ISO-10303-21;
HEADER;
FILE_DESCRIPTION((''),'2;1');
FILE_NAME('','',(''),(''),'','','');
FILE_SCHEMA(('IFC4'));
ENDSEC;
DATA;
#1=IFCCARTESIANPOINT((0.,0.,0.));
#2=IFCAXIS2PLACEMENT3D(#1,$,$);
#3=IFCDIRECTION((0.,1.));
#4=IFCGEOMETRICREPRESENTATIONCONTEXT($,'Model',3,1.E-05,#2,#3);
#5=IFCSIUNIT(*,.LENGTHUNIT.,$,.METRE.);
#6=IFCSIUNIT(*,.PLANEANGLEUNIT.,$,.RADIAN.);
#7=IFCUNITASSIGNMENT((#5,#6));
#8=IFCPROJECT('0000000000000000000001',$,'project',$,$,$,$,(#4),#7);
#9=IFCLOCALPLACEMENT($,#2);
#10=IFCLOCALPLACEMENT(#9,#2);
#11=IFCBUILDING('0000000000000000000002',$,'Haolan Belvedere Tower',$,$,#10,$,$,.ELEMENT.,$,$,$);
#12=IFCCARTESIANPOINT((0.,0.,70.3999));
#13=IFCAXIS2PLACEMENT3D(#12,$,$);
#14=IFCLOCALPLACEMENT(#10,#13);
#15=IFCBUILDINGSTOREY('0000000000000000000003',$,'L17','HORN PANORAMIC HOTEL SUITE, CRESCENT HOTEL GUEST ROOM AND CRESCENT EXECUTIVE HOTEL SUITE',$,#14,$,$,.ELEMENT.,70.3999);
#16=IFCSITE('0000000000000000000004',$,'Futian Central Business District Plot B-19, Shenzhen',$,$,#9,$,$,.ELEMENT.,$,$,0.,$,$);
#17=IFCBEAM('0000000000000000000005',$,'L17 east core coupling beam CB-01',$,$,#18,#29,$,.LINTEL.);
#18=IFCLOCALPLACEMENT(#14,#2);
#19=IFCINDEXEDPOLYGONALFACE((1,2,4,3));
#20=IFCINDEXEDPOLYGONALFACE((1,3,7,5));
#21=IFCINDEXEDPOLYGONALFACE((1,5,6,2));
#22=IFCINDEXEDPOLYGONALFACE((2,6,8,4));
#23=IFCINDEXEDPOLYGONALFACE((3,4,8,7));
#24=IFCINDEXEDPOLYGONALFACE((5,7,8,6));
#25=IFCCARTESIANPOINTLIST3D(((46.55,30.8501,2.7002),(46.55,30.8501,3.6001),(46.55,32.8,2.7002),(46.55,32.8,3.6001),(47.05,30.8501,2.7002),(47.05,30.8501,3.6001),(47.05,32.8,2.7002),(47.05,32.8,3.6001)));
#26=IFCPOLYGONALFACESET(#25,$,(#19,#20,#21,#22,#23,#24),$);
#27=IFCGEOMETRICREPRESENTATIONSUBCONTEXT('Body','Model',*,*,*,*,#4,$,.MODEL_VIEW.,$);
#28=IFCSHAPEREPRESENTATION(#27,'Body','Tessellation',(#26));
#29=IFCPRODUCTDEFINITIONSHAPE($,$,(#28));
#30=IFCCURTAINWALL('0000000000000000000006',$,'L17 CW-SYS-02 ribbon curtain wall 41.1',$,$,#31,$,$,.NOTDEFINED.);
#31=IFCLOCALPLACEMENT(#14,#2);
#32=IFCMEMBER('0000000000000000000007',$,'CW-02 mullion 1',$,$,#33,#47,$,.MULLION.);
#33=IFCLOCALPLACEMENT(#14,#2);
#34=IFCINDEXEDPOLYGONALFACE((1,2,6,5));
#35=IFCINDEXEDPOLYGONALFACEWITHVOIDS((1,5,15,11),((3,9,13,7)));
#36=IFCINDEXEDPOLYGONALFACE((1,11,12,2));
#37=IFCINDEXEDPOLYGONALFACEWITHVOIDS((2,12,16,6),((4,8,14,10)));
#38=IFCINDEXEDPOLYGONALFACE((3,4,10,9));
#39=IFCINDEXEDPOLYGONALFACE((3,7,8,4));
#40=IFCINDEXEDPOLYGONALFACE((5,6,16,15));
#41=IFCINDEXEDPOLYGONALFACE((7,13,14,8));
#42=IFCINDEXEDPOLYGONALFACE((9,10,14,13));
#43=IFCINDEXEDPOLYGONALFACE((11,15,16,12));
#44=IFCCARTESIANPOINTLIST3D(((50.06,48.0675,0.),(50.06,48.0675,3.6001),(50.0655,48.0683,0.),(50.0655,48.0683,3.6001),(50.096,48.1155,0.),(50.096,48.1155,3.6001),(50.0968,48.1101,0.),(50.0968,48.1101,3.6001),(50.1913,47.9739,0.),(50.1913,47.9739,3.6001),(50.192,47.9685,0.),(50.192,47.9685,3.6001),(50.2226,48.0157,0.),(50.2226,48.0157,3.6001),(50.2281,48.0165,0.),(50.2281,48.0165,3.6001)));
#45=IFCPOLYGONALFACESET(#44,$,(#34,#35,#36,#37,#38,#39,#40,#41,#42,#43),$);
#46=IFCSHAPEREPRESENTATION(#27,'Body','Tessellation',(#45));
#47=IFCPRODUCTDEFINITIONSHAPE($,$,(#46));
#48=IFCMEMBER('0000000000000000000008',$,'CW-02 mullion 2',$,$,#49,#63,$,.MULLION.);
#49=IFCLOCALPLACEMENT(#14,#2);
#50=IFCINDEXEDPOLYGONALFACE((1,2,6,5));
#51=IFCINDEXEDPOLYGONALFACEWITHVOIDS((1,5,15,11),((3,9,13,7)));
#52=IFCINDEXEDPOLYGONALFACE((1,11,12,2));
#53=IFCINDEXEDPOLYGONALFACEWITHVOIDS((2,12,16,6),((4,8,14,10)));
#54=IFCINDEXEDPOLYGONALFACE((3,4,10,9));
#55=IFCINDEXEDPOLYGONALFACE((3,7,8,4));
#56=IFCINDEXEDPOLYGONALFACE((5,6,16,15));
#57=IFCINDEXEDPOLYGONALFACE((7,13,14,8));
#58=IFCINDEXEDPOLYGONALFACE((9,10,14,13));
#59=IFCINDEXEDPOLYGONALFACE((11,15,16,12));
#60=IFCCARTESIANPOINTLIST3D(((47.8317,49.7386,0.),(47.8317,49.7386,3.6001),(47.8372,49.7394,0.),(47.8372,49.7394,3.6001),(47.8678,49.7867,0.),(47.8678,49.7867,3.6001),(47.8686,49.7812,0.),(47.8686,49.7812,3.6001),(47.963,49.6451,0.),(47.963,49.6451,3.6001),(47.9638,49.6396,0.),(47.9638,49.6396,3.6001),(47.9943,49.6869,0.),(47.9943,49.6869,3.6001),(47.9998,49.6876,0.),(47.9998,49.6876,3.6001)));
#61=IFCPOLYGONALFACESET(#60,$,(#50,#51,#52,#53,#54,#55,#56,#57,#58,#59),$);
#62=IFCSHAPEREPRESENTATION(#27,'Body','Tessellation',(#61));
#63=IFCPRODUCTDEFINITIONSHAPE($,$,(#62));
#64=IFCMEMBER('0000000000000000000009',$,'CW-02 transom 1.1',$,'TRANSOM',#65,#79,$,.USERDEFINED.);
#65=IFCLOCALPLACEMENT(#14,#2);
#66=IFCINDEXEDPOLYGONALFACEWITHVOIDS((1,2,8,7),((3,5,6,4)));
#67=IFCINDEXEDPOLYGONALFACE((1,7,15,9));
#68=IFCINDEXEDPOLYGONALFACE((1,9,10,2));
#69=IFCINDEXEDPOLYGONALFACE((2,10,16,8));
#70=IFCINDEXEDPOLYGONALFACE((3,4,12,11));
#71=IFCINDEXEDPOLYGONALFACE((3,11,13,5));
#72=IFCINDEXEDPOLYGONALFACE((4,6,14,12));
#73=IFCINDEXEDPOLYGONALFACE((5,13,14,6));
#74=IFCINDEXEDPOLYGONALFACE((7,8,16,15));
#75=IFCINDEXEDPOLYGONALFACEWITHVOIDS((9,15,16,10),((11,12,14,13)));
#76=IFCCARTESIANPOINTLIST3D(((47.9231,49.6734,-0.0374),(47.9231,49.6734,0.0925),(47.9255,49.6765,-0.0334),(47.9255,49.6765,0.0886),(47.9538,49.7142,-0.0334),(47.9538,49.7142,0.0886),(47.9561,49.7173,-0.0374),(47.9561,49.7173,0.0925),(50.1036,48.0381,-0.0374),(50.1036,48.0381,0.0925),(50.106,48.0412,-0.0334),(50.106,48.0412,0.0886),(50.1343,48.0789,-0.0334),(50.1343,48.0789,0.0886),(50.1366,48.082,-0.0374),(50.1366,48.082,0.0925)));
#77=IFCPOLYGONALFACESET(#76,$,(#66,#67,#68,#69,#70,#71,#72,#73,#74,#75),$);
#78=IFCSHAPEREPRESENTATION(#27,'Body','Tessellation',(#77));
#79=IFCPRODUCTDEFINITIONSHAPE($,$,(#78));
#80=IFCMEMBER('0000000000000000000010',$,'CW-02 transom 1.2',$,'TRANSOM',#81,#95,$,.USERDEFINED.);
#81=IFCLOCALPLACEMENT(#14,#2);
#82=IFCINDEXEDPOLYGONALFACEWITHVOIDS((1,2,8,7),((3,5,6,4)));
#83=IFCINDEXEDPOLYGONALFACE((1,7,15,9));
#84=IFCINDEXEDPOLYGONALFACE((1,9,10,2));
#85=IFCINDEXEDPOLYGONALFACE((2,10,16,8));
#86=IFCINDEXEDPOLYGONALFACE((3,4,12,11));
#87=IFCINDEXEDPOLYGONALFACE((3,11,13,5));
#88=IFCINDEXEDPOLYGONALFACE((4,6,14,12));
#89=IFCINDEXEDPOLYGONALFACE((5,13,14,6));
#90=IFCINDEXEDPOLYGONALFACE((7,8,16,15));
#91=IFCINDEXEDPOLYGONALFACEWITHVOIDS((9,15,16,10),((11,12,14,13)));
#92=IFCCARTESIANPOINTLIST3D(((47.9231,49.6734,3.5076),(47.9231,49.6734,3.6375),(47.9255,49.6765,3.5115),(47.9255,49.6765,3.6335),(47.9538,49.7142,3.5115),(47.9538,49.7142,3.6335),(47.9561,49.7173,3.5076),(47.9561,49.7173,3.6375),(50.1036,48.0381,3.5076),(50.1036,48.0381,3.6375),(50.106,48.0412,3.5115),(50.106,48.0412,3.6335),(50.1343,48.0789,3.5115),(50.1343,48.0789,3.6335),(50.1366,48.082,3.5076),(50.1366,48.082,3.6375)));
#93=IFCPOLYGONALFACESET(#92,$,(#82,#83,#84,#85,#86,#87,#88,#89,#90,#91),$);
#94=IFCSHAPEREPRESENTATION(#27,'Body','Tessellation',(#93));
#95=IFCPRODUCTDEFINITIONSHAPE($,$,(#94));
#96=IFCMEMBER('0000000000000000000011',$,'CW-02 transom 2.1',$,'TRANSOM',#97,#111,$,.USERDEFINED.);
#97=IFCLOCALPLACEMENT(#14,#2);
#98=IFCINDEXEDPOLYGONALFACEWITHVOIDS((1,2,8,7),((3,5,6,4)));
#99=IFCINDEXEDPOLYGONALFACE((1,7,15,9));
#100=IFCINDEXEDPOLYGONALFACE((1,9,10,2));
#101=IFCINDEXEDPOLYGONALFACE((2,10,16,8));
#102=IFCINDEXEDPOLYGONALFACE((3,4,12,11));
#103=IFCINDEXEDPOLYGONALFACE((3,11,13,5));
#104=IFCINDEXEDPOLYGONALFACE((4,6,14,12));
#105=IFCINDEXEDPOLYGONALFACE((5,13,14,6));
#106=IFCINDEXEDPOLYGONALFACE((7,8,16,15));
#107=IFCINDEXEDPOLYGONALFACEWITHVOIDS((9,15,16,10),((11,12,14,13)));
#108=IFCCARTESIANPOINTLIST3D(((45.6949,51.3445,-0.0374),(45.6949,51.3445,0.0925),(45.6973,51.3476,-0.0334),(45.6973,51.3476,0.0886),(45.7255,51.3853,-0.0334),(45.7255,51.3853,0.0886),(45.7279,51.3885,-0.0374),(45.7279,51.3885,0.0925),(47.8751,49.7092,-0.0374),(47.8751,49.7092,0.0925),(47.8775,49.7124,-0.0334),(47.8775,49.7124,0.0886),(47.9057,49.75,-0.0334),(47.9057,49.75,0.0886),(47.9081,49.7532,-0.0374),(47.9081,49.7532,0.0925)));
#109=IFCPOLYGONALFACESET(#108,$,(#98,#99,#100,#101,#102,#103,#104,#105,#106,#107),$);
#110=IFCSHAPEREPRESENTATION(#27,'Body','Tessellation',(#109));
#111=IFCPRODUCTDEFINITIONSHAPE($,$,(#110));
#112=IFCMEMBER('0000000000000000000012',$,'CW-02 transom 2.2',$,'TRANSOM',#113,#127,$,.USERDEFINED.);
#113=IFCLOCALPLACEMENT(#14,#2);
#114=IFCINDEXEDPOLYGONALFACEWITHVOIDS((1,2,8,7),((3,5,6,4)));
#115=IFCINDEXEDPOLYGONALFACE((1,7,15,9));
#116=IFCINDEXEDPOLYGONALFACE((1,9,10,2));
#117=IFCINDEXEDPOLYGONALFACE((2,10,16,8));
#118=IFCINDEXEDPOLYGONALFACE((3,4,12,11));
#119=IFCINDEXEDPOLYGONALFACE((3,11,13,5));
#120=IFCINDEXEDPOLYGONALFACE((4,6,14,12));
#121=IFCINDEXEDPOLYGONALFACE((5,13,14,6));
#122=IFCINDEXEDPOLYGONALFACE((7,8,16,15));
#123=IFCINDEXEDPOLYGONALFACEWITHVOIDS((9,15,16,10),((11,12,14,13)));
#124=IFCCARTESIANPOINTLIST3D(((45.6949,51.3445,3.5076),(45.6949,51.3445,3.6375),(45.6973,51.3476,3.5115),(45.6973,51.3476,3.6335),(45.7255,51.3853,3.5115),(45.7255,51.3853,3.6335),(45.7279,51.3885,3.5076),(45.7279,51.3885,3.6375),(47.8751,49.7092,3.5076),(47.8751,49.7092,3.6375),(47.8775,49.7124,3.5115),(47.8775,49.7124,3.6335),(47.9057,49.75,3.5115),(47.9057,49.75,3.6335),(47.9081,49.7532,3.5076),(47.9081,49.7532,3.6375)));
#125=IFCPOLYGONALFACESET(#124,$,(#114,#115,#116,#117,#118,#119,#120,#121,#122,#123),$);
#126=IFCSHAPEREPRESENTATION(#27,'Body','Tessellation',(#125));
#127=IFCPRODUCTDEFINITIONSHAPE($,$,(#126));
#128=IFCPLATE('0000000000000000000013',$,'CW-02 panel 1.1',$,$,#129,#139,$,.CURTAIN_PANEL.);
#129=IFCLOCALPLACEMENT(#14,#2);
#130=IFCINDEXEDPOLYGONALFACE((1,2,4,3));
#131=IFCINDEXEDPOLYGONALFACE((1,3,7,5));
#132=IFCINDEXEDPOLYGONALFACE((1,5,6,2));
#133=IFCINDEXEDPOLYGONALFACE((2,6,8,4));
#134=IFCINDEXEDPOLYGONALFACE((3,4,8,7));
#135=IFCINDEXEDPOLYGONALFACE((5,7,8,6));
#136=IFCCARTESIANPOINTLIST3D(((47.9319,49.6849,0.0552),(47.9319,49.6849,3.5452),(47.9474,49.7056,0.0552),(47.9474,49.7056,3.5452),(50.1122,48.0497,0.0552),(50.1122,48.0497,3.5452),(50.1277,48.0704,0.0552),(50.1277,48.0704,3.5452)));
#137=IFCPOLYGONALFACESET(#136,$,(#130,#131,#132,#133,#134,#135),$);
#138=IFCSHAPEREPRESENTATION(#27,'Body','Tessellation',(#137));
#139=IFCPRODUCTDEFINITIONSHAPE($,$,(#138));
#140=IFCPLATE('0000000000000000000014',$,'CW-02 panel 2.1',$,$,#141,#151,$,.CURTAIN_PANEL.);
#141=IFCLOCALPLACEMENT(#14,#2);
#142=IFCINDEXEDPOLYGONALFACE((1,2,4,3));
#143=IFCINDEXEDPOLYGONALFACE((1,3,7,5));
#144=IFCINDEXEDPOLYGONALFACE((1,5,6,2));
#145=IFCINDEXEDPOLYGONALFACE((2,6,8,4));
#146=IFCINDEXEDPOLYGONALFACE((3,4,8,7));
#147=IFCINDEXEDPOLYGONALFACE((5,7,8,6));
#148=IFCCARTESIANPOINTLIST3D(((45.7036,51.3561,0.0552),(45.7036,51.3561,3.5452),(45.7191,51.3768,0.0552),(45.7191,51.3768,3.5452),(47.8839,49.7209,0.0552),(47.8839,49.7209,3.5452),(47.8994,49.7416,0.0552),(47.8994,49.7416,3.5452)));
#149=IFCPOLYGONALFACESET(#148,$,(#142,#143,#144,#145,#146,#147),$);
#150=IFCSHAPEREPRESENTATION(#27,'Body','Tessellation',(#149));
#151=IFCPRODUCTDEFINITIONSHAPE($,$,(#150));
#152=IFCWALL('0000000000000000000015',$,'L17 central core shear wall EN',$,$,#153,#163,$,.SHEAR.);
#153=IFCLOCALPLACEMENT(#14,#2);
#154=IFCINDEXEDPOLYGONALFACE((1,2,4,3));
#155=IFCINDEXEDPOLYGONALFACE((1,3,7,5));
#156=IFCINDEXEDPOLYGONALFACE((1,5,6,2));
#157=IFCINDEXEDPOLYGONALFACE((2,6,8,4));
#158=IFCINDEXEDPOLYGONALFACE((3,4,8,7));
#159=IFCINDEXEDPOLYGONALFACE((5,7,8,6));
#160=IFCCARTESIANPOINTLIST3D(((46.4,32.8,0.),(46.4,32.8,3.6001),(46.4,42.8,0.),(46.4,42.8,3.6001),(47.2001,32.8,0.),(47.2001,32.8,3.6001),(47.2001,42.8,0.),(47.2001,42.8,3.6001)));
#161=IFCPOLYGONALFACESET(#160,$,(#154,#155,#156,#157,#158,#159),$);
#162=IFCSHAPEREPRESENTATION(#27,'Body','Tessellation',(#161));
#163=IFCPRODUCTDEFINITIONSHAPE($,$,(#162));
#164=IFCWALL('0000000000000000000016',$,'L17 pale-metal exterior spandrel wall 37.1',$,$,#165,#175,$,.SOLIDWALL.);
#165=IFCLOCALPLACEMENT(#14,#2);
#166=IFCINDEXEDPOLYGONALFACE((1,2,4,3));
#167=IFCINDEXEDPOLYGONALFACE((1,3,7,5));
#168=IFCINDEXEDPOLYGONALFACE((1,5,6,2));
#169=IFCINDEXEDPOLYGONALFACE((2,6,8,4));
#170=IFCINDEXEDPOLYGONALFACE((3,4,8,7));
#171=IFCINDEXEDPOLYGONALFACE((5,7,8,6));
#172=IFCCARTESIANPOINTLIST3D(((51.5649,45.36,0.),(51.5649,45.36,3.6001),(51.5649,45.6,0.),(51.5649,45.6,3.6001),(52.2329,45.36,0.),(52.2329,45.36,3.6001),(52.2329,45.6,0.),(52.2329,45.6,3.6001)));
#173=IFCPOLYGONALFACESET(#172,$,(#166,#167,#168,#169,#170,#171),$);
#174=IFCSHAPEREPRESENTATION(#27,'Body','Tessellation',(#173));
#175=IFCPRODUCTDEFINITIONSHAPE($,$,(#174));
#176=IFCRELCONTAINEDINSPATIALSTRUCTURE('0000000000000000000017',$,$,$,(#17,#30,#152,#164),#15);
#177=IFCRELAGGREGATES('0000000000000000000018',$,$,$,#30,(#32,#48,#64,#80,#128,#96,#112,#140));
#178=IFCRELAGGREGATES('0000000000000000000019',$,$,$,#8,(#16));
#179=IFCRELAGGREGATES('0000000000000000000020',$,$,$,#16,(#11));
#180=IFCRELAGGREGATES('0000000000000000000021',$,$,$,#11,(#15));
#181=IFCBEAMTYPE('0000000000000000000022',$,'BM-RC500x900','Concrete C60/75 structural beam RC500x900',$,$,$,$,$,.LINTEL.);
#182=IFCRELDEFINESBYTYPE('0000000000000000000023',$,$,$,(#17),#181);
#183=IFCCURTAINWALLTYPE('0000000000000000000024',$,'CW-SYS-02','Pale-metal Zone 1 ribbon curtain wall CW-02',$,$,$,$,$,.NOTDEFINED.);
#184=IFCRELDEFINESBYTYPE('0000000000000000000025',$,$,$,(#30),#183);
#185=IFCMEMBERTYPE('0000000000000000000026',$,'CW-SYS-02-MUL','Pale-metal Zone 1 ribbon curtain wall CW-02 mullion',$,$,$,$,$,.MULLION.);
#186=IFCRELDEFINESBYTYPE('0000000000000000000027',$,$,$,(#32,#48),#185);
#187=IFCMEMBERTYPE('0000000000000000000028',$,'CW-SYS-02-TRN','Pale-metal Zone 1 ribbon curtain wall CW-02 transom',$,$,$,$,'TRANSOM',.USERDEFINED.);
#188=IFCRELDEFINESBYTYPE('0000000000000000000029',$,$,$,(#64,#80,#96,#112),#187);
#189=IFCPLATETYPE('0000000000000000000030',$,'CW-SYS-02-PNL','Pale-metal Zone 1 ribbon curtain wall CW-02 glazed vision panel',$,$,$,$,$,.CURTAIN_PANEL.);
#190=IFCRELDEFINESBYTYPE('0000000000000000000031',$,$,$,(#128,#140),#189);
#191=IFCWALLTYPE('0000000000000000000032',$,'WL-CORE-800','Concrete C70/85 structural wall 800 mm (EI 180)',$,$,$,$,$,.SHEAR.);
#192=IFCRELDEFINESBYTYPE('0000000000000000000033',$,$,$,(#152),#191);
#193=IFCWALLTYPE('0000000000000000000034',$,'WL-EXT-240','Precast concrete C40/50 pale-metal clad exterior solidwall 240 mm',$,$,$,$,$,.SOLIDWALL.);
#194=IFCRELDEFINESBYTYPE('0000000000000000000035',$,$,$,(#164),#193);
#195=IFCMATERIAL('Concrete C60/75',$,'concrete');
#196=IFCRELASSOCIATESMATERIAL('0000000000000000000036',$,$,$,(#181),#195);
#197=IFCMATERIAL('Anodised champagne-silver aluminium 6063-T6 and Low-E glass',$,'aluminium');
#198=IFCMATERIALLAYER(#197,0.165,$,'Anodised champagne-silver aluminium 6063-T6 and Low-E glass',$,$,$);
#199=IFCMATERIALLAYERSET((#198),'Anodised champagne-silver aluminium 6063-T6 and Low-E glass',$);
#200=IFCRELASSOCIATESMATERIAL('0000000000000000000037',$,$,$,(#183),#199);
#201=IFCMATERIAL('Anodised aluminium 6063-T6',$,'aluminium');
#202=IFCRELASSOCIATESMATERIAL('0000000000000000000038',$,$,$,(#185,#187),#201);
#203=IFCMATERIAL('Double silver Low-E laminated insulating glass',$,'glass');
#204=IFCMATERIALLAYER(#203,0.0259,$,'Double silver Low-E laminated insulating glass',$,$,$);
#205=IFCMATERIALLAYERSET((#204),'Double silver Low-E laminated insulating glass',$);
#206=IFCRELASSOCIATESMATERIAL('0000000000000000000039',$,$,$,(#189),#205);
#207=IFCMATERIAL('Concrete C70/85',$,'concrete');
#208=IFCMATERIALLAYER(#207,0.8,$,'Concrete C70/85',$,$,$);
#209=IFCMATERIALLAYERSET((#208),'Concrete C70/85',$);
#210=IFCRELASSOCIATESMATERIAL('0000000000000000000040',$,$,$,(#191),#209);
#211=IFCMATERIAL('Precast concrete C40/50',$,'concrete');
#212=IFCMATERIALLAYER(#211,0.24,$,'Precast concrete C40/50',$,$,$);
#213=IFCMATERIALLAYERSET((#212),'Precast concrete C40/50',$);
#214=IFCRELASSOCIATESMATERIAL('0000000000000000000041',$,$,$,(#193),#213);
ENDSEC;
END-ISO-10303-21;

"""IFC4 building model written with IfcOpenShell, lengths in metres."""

from ifc_helpers import new_model, si_unit, direction, frame, frame_2d, origin, origin_2d, place, context, subcontext, project, spatial, rectangle, hollow_rectangle, extrude, material, layer, layer_set, material_profile, profile_set, type_object, element, aggregate, save


model = new_model("IFC4")

# Units and contexts
model_context = context("Model", 3, precision=1e-05, world=origin(), true_north=direction((0.0, 1.0)))
body_context = subcontext(model_context, "Body", "Model", "MODEL_VIEW")
ifc_project = project(units=[si_unit("LENGTHUNIT", "METRE"), si_unit("PLANEANGLEUNIT", "RADIAN")], contexts=[model_context])

# Site, building, storey
site_placement = place(None, origin())
site = spatial("IfcSite", under=ifc_project, at=site_placement, Name="Futian Central Business District Plot B-19, Shenzhen", CompositionType="ELEMENT", RefElevation=0.0)
building_placement = place(site_placement, origin())
building = spatial("IfcBuilding", under=site, at=building_placement, Name="Haolan Belvedere Tower", CompositionType="ELEMENT")
storey_placement = place(building_placement, frame((0.0, 0.0, 70.3999)))
storey = spatial("IfcBuildingStorey", under=building, at=storey_placement, Name="L17", Description="HORN PANORAMIC HOTEL SUITE, CRESCENT HOTEL GUEST ROOM AND CRESCENT EXECUTIVE HOTEL SUITE", CompositionType="ELEMENT", Elevation=70.3999)

# Beam
ifc_material_1 = material(Name="Concrete C60/75", Category="concrete")
ifc_material_profile_1 = material_profile(ifc_material_1, rectangle(XDim=0.5, YDim=0.8999, at=origin_2d()), Name="Concrete C60/75")
ifc_profile_set_1 = profile_set([ifc_material_profile_1], Name="Concrete C60/75")
beam_type = type_object("IfcBeamType", Name="BM-RC500x900", Description="Concrete C60/75 structural beam RC500x900", PredefinedType="LINTEL", material=ifc_profile_set_1)
beam_placement = place(storey_placement, frame((46.8, 30.8501, 3.1501), z_axis=(0.0, 1.0, 0.0), x_axis=(-1.0, 0.0, 0.0)))
element("IfcBeam", 1, at=beam_placement, inside=storey, type_object=beam_type, Name="L17 east core coupling beam CB-01", PredefinedType="LINTEL", context=body_context, shape_type="SweptSolid", body=[
    extrude(rectangle(XDim=0.5, YDim=0.8999, at=origin_2d()), origin(), (0.0, 0.0, 1.0), 1.95),
])

# Curtain wall, members, plates
ifc_material_2 = material(Name="Anodised champagne-silver aluminium 6063-T6 and Low-E glass", Category="aluminium")
ifc_layer_1 = layer(ifc_material_2, 0.165, Name="Anodised champagne-silver aluminium 6063-T6 and Low-E glass")
ifc_layer_set_1 = layer_set([ifc_layer_1], Name="Anodised champagne-silver aluminium 6063-T6 and Low-E glass")
curtain_wall_type = type_object("IfcCurtainWallType", Name="CW-SYS-02", Description="Pale-metal Zone 1 ribbon curtain wall CW-02", PredefinedType="NOTDEFINED", material=ifc_layer_set_1)
curtain_wall_placement = place(storey_placement, origin())
curtain_wall = element("IfcCurtainWall", 2, at=curtain_wall_placement, inside=storey, type_object=curtain_wall_type, Name="L17 CW-SYS-02 ribbon curtain wall 41.1", PredefinedType="NOTDEFINED")
ifc_material_3 = material(Name="Anodised aluminium 6063-T6", Category="aluminium")
ifc_material_profile_2 = material_profile(ifc_material_3, hollow_rectangle(XDim=0.0601, YDim=0.165, WallThickness=0.0039, at=origin_2d()), Name="Anodised aluminium 6063-T6")
ifc_profile_set_2 = profile_set([ifc_material_profile_2], Name="Anodised aluminium 6063-T6")
member_type_1 = type_object("IfcMemberType", Name="CW-SYS-02-MUL", Description="Pale-metal Zone 1 ribbon curtain wall CW-02 mullion", PredefinedType="MULLION", material=ifc_profile_set_2)
member_1_placement = place(storey_placement, frame((50.144, 48.042, 0.0), z_axis=(0.0, 0.0, 1.0), x_axis=(-0.599994, -0.800004, 0.0)))
member_1 = element("IfcMember", 3, at=member_1_placement, type_object=member_type_1, Name="CW-02 mullion 1", PredefinedType="MULLION", context=body_context, shape_type="SweptSolid", body=[
    extrude(hollow_rectangle(XDim=0.0601, YDim=0.165, WallThickness=0.0039, at=origin_2d()), origin(), (0.0, 0.0, 1.0), 3.6001),
])
member_2_placement = place(storey_placement, frame((47.9158, 49.7131, 0.0), z_axis=(0.0, 0.0, 1.0), x_axis=(-0.599994, -0.800004, 0.0)))
member_2 = element("IfcMember", 4, at=member_2_placement, type_object=member_type_1, Name="CW-02 mullion 2", PredefinedType="MULLION", context=body_context, shape_type="SweptSolid", body=[
    extrude(hollow_rectangle(XDim=0.0601, YDim=0.165, WallThickness=0.0039, at=origin_2d()), origin(), (0.0, 0.0, 1.0), 3.6001),
])
ifc_material_profile_3 = material_profile(ifc_material_3, hollow_rectangle(XDim=0.0549, YDim=0.1299, WallThickness=0.0039, at=origin_2d()), Name="Anodised aluminium 6063-T6")
ifc_profile_set_3 = profile_set([ifc_material_profile_3], Name="Anodised aluminium 6063-T6")
member_type_2 = type_object("IfcMemberType", Name="CW-SYS-02-TRN", Description="Pale-metal Zone 1 ribbon curtain wall CW-02 transom", ElementType="TRANSOM", PredefinedType="USERDEFINED", material=ifc_profile_set_3)
member_3_placement = place(storey_placement, frame((50.1201, 48.0601, 0.0276), z_axis=(-0.800011, 0.599986, 0.0), x_axis=(-0.599986, -0.800011, 0.0)))
member_3 = element("IfcMember", 5, at=member_3_placement, type_object=member_type_2, Name="CW-02 transom 1.1", ObjectType="TRANSOM", PredefinedType="USERDEFINED", context=body_context, shape_type="SweptSolid", body=[
    extrude(hollow_rectangle(XDim=0.0549, YDim=0.1299, WallThickness=0.0039, at=origin_2d()), origin(), (0.0, 0.0, 1.0), 2.7256),
])
member_4_placement = place(storey_placement, frame((50.1201, 48.0601, 3.5725), z_axis=(-0.800011, 0.599986, 0.0), x_axis=(-0.599986, -0.800011, 0.0)))
member_4 = element("IfcMember", 6, at=member_4_placement, type_object=member_type_2, Name="CW-02 transom 1.2", ObjectType="TRANSOM", PredefinedType="USERDEFINED", context=body_context, shape_type="SweptSolid", body=[
    extrude(hollow_rectangle(XDim=0.0549, YDim=0.1299, WallThickness=0.0039, at=origin_2d()), origin(), (0.0, 0.0, 1.0), 2.7256),
])
member_5_placement = place(storey_placement, frame((47.8916, 49.7312, 0.0276), z_axis=(-0.799978, 0.600029, 0.0), x_axis=(-0.600029, -0.799978, 0.0)))
member_5 = element("IfcMember", 7, at=member_5_placement, type_object=member_type_2, Name="CW-02 transom 2.1", ObjectType="TRANSOM", PredefinedType="USERDEFINED", context=body_context, shape_type="SweptSolid", body=[
    extrude(hollow_rectangle(XDim=0.0549, YDim=0.1299, WallThickness=0.0039, at=origin_2d()), origin(), (0.0, 0.0, 1.0), 2.7253),
])
member_6_placement = place(storey_placement, frame((47.8916, 49.7312, 3.5725), z_axis=(-0.799978, 0.600029, 0.0), x_axis=(-0.600029, -0.799978, 0.0)))
member_6 = element("IfcMember", 8, at=member_6_placement, type_object=member_type_2, Name="CW-02 transom 2.2", ObjectType="TRANSOM", PredefinedType="USERDEFINED", context=body_context, shape_type="SweptSolid", body=[
    extrude(hollow_rectangle(XDim=0.0549, YDim=0.1299, WallThickness=0.0039, at=origin_2d()), origin(), (0.0, 0.0, 1.0), 2.7253),
])
ifc_material_4 = material(Name="Double silver Low-E laminated insulating glass", Category="glass")
ifc_layer_2 = layer(ifc_material_4, 0.0259, Name="Double silver Low-E laminated insulating glass")
ifc_layer_set_2 = layer_set([ifc_layer_2], Name="Double silver Low-E laminated insulating glass")
plate_type = type_object("IfcPlateType", Name="CW-SYS-02-PNL", Description="Pale-metal Zone 1 ribbon curtain wall CW-02 glazed vision panel", PredefinedType="CURTAIN_PANEL", material=ifc_layer_set_2)
plate_1_placement = place(storey_placement, frame((49.0298, 48.8777, 0.0552), z_axis=(0.0, 0.0, 1.0), x_axis=(-0.800004, 0.599994, 0.0)))
plate_1 = element("IfcPlate", 9, at=plate_1_placement, type_object=plate_type, Name="CW-02 panel 1.1", PredefinedType="CURTAIN_PANEL", context=body_context, shape_type="SweptSolid", body=[
    extrude(rectangle(XDim=2.7253, YDim=0.0259, at=origin_2d()), origin(), (0.0, 0.0, 1.0), 3.49),
])
plate_2_placement = place(storey_placement, frame((46.8015, 50.5488, 0.0552), z_axis=(0.0, 0.0, 1.0), x_axis=(-0.800004, 0.599994, 0.0)))
plate_2 = element("IfcPlate", 10, at=plate_2_placement, type_object=plate_type, Name="CW-02 panel 2.1", PredefinedType="CURTAIN_PANEL", context=body_context, shape_type="SweptSolid", body=[
    extrude(rectangle(XDim=2.7253, YDim=0.0259, at=origin_2d()), origin(), (0.0, 0.0, 1.0), 3.49),
])
aggregate(curtain_wall, [member_1, member_2, member_3, member_4, plate_1, member_5, member_6, plate_2])

# Walls
ifc_material_5 = material(Name="Concrete C70/85", Category="concrete")
ifc_layer_3 = layer(ifc_material_5, 0.8, Name="Concrete C70/85")
ifc_layer_set_3 = layer_set([ifc_layer_3], Name="Concrete C70/85")
wall_type_1 = type_object("IfcWallType", Name="WL-CORE-800", Description="Concrete C70/85 structural wall 800 mm (EI 180)", PredefinedType="SHEAR", material=ifc_layer_set_3)
wall_1_placement = place(storey_placement, frame((46.8, 32.8, 0.0), z_axis=(0.0, 0.0, 1.0), x_axis=(0.0, 1.0, 0.0)))
element("IfcWall", 11, at=wall_1_placement, inside=storey, type_object=wall_type_1, Name="L17 central core shear wall EN", PredefinedType="SHEAR", context=body_context, shape_type="SweptSolid", body=[
    extrude(rectangle(XDim=10.0, YDim=0.8, at=frame_2d((5.0, 0.0))), origin(), (0.0, 0.0, 1.0), 3.6001),
])
ifc_material_6 = material(Name="Precast concrete C40/50", Category="concrete")
ifc_layer_4 = layer(ifc_material_6, 0.24, Name="Precast concrete C40/50")
ifc_layer_set_4 = layer_set([ifc_layer_4], Name="Precast concrete C40/50")
wall_type_2 = type_object("IfcWallType", Name="WL-EXT-240", Description="Precast concrete C40/50 pale-metal clad exterior solidwall 240 mm", PredefinedType="SOLIDWALL", material=ifc_layer_set_4)
wall_2_placement = place(storey_placement, frame((52.2329, 45.48, 0.0), z_axis=(0.0, 0.0, 1.0), x_axis=(-1.0, 0.0, 0.0)))
element("IfcWall", 12, at=wall_2_placement, inside=storey, type_object=wall_type_2, Name="L17 pale-metal exterior spandrel wall 37.1", PredefinedType="SOLIDWALL", context=body_context, shape_type="SweptSolid", body=[
    extrude(rectangle(XDim=0.668, YDim=0.24, at=frame_2d((0.334, 0.0))), origin(), (0.0, 0.0, 1.0), 3.6001),
])

save(model, "model.ifc")
